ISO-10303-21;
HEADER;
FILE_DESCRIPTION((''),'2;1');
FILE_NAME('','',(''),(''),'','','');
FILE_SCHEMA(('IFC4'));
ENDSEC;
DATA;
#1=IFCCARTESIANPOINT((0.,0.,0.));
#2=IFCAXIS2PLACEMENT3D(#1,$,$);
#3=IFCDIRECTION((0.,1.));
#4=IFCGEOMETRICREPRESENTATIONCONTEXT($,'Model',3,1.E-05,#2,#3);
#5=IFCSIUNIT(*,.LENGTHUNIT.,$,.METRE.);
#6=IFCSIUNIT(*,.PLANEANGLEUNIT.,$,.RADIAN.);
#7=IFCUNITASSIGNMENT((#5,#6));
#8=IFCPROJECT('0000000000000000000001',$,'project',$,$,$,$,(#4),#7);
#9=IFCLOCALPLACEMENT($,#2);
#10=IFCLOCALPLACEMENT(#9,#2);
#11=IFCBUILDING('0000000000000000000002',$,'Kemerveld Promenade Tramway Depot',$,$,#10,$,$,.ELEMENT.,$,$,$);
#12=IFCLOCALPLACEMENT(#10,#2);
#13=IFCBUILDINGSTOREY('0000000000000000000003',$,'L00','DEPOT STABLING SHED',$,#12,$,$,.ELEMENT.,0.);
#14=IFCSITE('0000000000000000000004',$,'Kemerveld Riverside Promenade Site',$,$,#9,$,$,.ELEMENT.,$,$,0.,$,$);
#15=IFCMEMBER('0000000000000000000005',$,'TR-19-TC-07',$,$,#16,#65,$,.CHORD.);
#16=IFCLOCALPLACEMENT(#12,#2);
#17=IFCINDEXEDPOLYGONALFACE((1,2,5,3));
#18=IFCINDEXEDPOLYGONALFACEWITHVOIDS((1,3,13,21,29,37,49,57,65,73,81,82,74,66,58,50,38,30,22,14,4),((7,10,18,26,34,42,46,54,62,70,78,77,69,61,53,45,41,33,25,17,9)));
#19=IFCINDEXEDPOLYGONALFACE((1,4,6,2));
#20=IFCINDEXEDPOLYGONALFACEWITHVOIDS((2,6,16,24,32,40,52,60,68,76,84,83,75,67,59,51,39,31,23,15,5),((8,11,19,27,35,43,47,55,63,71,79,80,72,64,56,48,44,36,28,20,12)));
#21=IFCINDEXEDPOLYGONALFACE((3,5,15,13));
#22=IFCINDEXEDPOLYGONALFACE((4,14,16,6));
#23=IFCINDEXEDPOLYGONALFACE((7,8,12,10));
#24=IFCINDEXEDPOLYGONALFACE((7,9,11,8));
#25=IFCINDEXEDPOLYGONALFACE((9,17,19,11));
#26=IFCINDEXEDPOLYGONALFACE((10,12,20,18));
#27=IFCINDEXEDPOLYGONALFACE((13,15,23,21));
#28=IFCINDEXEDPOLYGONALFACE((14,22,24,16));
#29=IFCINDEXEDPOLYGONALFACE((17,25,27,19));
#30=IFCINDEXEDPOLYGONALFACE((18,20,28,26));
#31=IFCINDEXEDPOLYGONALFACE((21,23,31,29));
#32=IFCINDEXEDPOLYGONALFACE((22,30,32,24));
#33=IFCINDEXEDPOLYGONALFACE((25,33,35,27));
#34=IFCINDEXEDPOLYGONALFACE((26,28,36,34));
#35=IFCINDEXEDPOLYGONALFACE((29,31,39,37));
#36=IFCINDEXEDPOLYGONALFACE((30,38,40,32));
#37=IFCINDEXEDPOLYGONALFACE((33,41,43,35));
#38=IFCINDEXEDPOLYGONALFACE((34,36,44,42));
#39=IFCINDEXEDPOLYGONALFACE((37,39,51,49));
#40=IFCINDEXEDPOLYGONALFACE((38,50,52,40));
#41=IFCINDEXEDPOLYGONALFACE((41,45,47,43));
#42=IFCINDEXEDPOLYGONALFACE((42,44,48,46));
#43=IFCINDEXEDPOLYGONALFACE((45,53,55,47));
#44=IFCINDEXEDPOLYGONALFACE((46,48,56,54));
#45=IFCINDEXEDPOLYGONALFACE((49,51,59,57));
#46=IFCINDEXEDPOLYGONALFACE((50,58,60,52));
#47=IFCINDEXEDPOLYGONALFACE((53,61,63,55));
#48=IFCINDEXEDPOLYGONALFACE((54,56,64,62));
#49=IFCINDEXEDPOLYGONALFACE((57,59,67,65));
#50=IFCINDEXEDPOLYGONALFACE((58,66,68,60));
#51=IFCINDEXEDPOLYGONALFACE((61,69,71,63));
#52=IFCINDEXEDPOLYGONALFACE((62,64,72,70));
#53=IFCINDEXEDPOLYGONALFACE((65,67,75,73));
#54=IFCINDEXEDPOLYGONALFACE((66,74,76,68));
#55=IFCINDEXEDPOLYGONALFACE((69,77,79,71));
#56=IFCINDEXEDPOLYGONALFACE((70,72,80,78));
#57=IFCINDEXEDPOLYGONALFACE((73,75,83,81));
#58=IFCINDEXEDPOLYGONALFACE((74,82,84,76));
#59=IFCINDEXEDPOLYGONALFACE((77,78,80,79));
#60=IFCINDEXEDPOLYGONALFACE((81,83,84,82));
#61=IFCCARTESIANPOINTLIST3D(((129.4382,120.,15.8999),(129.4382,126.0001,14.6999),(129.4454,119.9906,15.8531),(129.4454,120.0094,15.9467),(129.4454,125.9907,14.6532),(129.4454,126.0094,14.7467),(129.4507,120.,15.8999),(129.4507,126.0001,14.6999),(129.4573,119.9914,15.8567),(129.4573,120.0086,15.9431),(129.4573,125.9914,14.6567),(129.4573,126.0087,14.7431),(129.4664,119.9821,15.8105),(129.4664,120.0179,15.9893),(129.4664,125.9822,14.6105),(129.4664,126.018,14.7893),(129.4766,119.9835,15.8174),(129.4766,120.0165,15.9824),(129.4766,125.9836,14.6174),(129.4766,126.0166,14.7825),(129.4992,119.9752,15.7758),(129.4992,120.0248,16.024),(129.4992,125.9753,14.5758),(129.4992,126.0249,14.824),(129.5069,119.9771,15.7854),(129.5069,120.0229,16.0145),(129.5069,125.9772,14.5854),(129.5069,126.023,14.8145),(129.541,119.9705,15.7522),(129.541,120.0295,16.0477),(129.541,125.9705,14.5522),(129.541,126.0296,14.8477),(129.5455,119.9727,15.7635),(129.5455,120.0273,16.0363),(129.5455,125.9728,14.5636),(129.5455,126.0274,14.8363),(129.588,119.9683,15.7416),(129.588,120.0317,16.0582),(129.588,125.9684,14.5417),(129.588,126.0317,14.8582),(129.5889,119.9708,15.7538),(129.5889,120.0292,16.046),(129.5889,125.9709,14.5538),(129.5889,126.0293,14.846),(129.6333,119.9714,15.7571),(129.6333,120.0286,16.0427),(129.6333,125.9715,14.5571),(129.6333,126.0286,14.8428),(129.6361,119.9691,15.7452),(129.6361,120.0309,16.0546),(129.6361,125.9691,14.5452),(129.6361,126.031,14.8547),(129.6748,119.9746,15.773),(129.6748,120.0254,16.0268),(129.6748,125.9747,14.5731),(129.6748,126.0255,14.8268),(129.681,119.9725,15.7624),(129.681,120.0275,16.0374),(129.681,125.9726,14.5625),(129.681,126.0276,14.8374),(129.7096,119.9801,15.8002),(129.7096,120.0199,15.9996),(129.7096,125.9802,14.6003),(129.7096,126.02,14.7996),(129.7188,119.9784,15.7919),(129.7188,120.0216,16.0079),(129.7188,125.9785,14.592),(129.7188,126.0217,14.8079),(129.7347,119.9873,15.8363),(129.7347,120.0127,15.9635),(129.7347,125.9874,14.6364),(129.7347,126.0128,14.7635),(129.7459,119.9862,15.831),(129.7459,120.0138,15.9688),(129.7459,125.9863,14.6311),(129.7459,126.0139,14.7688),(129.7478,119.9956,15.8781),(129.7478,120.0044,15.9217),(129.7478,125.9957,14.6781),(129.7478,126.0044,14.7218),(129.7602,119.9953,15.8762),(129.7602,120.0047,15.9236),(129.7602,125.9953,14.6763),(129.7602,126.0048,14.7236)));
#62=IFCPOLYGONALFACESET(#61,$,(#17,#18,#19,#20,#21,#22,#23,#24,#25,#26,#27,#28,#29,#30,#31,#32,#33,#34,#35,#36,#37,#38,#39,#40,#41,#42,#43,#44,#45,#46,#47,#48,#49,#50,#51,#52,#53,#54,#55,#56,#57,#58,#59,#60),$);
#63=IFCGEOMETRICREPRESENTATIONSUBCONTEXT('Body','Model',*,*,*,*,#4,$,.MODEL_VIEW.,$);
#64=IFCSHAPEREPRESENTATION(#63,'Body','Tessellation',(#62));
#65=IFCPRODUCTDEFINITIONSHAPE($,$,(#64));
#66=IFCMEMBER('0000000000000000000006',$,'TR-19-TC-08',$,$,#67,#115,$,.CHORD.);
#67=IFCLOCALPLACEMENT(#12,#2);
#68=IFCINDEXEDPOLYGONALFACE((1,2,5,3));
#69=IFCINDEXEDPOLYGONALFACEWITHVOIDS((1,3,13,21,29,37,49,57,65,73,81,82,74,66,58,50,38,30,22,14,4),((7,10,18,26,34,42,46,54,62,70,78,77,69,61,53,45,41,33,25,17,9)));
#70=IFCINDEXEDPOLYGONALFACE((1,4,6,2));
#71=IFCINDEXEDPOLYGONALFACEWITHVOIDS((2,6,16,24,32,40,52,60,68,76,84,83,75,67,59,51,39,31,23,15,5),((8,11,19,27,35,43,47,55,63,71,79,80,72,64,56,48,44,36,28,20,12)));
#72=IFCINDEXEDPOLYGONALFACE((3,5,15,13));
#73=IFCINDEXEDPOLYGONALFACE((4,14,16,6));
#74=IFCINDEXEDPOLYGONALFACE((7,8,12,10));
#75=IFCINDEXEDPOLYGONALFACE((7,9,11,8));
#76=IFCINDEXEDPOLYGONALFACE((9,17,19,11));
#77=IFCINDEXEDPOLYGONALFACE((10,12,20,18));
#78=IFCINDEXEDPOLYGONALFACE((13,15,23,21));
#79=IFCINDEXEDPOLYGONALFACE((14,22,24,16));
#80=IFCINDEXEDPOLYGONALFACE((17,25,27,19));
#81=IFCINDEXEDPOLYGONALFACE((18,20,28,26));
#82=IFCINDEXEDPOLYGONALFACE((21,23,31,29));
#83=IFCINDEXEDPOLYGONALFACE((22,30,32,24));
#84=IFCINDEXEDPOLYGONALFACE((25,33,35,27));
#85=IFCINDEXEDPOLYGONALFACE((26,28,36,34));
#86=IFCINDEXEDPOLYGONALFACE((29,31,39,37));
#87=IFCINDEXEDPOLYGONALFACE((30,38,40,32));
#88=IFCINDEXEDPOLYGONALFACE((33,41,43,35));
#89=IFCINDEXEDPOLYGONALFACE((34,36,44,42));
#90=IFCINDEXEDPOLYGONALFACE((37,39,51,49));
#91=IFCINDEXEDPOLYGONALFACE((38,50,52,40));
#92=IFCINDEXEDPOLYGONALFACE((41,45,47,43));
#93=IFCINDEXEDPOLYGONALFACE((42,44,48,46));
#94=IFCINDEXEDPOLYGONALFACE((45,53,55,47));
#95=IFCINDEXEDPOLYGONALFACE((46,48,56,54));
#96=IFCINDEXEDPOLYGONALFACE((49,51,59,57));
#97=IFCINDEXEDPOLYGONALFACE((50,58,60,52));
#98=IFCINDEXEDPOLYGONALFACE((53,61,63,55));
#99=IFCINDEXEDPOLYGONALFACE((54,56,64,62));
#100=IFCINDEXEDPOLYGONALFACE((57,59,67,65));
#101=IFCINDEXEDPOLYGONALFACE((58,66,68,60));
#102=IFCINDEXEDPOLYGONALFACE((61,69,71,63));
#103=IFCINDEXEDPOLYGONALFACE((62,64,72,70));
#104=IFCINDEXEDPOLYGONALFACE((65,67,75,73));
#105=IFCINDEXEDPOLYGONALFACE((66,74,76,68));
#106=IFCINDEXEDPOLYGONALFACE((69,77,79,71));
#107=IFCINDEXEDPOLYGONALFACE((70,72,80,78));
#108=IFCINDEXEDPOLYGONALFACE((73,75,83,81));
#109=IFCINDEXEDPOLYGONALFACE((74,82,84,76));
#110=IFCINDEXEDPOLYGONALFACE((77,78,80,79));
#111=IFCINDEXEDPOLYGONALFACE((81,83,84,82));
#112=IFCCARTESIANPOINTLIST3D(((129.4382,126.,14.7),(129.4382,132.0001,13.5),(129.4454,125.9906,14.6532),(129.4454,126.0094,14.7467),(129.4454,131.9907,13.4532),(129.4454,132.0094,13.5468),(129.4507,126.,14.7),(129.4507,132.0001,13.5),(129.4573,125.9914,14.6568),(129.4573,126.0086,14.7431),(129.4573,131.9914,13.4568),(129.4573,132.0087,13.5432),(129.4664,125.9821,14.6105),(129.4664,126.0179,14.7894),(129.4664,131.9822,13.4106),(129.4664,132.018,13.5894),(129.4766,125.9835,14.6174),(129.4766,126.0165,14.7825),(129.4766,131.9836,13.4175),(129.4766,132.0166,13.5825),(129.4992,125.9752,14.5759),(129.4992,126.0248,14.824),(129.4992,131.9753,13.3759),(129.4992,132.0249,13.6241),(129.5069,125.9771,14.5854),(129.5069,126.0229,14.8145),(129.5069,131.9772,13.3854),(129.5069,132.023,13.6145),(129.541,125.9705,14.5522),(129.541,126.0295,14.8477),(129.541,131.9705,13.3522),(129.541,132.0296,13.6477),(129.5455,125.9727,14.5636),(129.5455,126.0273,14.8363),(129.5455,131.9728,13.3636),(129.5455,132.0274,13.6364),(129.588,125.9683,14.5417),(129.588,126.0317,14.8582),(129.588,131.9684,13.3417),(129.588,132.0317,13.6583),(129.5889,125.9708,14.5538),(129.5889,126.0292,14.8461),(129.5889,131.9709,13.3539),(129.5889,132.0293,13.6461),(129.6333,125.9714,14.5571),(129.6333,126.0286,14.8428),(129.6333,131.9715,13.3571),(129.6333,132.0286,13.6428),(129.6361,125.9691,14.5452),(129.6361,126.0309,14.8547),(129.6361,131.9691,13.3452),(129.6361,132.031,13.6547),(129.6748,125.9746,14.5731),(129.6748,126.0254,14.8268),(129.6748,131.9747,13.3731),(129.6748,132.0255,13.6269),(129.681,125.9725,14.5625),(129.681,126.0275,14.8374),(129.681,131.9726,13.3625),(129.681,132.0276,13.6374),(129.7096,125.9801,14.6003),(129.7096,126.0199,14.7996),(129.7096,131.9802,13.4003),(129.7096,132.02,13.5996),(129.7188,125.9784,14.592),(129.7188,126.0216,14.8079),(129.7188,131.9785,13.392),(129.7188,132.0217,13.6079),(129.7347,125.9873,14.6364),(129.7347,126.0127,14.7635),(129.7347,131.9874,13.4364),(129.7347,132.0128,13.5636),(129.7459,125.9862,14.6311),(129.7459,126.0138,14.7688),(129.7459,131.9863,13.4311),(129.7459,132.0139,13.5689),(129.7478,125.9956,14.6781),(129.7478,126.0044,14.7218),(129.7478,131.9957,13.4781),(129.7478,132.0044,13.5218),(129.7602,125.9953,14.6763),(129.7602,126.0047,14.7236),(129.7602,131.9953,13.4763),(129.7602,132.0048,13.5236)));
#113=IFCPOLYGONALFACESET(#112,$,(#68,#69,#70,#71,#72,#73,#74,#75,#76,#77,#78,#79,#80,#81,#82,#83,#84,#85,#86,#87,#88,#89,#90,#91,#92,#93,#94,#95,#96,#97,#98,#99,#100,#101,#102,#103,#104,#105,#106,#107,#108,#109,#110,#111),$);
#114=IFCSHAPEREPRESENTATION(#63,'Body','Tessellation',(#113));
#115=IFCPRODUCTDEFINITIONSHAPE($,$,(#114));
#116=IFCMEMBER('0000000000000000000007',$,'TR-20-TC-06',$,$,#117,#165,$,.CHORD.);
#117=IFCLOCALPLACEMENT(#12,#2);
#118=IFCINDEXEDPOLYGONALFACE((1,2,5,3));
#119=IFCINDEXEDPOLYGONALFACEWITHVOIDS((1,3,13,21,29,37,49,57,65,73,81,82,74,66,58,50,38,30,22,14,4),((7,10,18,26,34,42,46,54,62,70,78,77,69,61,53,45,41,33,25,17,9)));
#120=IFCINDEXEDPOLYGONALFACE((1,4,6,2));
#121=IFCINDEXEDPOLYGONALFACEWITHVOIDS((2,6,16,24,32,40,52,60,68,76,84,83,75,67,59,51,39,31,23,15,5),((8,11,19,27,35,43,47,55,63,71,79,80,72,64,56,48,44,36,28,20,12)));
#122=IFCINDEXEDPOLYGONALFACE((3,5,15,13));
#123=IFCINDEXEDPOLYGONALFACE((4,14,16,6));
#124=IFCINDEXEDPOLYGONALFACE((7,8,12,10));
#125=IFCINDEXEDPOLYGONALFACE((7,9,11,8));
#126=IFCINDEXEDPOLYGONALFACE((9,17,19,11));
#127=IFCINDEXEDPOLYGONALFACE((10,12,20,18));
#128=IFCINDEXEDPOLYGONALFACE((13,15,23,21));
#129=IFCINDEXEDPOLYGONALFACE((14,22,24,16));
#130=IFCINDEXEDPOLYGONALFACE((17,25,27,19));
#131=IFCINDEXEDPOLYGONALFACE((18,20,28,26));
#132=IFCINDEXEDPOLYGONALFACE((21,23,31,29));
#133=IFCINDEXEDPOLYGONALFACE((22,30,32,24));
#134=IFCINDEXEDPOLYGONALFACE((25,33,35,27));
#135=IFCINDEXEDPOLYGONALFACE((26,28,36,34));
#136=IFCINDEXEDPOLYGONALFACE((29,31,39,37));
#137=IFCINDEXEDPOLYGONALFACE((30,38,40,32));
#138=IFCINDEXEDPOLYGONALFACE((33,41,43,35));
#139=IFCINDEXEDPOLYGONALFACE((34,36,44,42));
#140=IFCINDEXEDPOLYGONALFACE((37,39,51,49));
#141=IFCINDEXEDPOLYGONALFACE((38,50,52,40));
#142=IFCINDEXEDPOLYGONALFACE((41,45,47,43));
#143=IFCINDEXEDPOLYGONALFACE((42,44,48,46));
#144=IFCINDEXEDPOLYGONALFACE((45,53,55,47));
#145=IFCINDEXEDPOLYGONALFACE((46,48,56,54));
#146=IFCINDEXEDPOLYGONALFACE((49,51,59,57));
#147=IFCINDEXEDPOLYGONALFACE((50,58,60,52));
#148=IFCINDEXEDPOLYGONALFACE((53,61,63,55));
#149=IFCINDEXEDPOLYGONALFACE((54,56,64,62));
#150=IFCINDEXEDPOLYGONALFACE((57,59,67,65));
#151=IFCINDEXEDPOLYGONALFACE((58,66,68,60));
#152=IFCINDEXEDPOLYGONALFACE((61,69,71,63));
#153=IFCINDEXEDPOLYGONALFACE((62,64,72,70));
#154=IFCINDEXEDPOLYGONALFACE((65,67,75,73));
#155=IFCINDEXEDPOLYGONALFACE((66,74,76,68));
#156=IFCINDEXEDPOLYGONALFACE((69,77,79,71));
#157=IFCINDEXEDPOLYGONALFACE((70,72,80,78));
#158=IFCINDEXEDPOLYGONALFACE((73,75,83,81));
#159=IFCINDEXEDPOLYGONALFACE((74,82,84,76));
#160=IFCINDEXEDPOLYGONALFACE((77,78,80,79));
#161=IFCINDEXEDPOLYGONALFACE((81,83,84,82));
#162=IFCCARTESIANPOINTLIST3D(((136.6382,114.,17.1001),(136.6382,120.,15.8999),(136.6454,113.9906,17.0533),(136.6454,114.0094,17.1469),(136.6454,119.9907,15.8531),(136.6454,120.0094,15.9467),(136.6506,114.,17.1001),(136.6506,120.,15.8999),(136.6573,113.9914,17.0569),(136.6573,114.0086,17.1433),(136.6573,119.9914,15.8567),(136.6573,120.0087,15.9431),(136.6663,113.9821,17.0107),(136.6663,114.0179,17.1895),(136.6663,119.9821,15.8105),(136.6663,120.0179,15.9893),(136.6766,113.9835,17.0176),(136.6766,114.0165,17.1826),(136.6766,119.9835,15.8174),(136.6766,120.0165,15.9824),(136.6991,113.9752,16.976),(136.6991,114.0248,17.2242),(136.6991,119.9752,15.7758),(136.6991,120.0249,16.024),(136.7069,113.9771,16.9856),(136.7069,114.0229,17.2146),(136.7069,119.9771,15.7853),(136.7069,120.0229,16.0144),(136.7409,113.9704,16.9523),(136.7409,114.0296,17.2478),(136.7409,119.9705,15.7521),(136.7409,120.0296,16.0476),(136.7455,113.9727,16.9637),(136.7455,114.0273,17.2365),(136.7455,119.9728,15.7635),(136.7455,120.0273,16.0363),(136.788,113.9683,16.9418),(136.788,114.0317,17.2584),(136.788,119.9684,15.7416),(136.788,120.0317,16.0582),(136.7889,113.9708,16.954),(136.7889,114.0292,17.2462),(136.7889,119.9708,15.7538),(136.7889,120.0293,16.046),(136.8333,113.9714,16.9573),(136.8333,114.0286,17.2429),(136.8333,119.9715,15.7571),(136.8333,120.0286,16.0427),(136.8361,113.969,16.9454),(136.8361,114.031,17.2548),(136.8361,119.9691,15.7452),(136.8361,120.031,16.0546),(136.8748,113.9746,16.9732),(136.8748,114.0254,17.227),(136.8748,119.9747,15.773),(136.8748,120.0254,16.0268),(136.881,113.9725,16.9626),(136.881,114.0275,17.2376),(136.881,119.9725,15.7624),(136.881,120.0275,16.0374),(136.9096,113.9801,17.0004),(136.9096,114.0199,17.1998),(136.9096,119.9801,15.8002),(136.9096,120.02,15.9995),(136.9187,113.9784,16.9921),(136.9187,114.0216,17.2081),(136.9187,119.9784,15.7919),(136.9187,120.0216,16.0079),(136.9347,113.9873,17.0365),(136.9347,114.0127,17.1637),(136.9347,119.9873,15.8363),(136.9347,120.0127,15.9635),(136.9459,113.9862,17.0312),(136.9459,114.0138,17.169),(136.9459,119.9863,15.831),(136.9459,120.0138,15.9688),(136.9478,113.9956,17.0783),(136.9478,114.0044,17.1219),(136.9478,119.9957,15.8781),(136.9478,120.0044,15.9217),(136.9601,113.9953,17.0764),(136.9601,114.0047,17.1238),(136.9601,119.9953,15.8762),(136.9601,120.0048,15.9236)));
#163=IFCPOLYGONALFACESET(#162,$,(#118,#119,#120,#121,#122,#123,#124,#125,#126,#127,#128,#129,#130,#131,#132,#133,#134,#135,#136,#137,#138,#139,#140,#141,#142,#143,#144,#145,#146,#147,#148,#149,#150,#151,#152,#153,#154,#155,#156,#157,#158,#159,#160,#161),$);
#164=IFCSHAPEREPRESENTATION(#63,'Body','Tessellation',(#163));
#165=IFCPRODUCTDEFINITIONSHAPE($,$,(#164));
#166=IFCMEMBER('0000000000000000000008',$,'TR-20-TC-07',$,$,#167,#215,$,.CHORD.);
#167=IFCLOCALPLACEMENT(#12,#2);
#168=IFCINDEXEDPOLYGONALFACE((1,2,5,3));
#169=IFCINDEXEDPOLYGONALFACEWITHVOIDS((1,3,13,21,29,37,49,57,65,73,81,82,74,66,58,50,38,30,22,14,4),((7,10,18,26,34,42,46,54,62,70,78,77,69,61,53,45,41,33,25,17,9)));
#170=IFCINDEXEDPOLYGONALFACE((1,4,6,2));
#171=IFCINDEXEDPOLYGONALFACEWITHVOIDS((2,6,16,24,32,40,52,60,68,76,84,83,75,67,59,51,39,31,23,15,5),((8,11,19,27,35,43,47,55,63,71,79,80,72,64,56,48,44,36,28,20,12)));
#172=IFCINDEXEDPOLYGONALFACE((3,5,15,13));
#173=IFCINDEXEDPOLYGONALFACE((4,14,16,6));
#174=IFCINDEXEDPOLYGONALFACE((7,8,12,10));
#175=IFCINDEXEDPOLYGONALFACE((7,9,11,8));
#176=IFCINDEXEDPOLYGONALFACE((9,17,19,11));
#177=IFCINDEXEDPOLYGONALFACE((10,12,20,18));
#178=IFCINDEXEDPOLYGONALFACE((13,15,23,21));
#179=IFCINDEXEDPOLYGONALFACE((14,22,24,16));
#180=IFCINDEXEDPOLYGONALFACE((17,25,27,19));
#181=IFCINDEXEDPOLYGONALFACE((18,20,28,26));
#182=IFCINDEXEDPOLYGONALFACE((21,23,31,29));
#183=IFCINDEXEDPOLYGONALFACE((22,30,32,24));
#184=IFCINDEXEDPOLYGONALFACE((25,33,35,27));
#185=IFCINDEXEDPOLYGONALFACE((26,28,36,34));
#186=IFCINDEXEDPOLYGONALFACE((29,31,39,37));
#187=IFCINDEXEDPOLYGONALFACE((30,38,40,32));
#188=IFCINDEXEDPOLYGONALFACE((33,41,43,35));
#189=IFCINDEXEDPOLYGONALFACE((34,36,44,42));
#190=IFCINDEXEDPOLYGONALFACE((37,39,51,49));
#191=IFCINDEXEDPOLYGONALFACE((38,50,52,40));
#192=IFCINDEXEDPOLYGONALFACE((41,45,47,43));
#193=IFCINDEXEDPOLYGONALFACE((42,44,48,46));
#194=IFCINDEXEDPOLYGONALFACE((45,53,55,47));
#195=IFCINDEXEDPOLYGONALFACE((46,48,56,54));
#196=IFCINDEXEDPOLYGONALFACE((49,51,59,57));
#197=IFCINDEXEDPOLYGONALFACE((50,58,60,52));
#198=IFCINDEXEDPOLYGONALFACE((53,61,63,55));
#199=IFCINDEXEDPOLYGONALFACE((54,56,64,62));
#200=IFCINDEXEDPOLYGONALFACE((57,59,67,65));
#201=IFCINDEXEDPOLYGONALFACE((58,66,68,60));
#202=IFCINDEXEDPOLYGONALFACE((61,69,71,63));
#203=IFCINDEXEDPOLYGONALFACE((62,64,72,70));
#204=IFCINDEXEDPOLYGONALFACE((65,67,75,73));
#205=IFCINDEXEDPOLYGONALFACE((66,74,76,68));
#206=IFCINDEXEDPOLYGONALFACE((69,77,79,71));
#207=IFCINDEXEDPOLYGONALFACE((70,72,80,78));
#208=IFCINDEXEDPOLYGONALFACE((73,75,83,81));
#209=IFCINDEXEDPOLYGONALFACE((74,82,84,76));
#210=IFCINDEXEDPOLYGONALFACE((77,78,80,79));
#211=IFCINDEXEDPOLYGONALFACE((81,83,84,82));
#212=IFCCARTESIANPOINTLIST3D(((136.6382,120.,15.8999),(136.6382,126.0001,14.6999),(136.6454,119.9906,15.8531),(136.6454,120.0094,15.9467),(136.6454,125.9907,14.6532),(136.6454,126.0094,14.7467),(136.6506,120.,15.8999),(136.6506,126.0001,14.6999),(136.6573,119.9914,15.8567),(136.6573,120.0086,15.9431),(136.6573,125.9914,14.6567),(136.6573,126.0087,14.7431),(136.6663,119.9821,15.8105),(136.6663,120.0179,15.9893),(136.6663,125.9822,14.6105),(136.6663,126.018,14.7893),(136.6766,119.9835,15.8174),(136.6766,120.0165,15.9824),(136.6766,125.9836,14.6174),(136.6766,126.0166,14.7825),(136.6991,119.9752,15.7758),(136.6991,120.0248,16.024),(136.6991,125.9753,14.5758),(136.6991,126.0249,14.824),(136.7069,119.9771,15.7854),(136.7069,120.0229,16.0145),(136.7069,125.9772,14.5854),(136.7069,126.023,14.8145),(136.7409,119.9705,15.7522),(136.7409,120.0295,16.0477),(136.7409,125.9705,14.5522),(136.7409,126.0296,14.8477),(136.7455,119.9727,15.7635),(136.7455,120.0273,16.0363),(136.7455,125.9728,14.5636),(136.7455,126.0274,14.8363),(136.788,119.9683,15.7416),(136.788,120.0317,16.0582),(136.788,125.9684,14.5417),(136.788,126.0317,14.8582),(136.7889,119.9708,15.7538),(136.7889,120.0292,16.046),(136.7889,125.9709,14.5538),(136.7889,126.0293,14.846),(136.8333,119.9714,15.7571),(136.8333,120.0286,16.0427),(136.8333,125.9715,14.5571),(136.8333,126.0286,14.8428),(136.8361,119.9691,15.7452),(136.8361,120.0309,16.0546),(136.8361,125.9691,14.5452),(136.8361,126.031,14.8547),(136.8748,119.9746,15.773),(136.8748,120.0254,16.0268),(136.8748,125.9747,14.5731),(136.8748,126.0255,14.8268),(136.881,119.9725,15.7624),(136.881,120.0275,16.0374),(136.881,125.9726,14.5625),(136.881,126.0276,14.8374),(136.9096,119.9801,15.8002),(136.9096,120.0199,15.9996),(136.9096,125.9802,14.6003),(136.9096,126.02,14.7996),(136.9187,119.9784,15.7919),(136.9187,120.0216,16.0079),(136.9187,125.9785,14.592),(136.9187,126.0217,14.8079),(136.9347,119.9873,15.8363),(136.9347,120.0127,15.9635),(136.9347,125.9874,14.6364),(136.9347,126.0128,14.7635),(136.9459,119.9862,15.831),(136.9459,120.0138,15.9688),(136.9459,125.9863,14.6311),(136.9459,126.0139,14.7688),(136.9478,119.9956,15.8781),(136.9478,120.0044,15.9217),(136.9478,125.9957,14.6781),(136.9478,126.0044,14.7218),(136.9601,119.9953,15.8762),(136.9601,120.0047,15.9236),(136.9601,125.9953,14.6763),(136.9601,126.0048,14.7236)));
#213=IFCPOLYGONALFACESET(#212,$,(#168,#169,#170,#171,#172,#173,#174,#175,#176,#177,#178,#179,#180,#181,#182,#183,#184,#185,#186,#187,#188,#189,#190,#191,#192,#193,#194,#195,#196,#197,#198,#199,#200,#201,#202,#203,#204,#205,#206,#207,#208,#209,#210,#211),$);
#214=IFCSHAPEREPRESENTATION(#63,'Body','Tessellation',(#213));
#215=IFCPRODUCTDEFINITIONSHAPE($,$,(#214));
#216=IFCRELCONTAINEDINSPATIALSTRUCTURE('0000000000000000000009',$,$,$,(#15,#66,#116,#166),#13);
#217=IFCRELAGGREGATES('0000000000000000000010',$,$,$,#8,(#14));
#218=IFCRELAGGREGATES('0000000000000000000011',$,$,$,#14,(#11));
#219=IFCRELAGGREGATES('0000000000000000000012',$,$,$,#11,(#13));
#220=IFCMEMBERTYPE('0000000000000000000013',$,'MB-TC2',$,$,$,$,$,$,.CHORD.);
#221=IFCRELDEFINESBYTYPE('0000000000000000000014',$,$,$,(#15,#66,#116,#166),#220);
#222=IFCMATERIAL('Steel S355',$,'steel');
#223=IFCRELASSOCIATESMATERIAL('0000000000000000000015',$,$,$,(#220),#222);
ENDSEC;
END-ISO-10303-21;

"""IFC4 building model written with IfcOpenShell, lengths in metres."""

from ifc_helpers import new_model, si_unit, direction, frame, origin, origin_2d, place, context, subcontext, project, spatial, hollow_circle, extrude, material, material_profile, profile_set, type_object, element, save


model = new_model("IFC4")

# Units and contexts
model_context = context("Model", 3, precision=1e-05, world=origin(), true_north=direction((0.0, 1.0)))
body_context = subcontext(model_context, "Body", "Model", "MODEL_VIEW")
ifc_project = project(units=[si_unit("LENGTHUNIT", "METRE"), si_unit("PLANEANGLEUNIT", "RADIAN")], contexts=[model_context])

# Site, building, storey
site_placement = place(None, origin())
site = spatial("IfcSite", under=ifc_project, at=site_placement, Name="Kemerveld Riverside Promenade Site", CompositionType="ELEMENT", RefElevation=0.0)
building_placement = place(site_placement, origin())
building = spatial("IfcBuilding", under=site, at=building_placement, Name="Kemerveld Promenade Tramway Depot", CompositionType="ELEMENT")
storey_placement = place(building_placement, origin())
storey = spatial("IfcBuildingStorey", under=building, at=storey_placement, Name="L00", Description="DEPOT STABLING SHED", CompositionType="ELEMENT", Elevation=0.0)

# Members
ifc_material_1 = material(Name="Steel S355", Category="steel")
ifc_material_profile_1 = material_profile(ifc_material_1, hollow_circle(Radius=0.1619, WallThickness=0.0125, at=origin_2d()), Name="323.9x12.5 CHS")
ifc_profile_set_1 = profile_set([ifc_material_profile_1], Name="Steel S355")
member_type_1 = type_object("IfcMemberType", Name="MB-TC2", PredefinedType="CHORD", material=ifc_profile_set_1)
for number, where, z_axis, x_axis, name in (
    (1, (129.6001, 120.0, 15.8999), (0.0, 0.980582, -0.196108), (-1.0, 0.0, 0.0), "TR-19-TC-07"),
    (2, (129.6001, 126.0, 14.7), (0.0, 0.980582, -0.196108), (-1.0, 0.0, 0.0), "TR-19-TC-08"),
    (3, (136.8, 114.0, 17.1001), (0.0, 0.980575, -0.196147), (-1.0, 0.0, 0.0), "TR-20-TC-06"),
    (4, (136.8, 120.0, 15.8999), (0.0, 0.980582, -0.196108), (-1.0, 0.0, 0.0), "TR-20-TC-07"),
):
    element("IfcMember", number, at=place(storey_placement, frame(where, z_axis=z_axis, x_axis=x_axis)), inside=storey, type_object=member_type_1, Name=name, PredefinedType="CHORD", context=body_context, shape_type="SweptSolid", body=[
        extrude(hollow_circle(Radius=0.1619, WallThickness=0.0125, at=origin_2d()), origin(), (0.0, 0.0, 1.0), 6.1189),
    ])

save(model, "model.ifc")
